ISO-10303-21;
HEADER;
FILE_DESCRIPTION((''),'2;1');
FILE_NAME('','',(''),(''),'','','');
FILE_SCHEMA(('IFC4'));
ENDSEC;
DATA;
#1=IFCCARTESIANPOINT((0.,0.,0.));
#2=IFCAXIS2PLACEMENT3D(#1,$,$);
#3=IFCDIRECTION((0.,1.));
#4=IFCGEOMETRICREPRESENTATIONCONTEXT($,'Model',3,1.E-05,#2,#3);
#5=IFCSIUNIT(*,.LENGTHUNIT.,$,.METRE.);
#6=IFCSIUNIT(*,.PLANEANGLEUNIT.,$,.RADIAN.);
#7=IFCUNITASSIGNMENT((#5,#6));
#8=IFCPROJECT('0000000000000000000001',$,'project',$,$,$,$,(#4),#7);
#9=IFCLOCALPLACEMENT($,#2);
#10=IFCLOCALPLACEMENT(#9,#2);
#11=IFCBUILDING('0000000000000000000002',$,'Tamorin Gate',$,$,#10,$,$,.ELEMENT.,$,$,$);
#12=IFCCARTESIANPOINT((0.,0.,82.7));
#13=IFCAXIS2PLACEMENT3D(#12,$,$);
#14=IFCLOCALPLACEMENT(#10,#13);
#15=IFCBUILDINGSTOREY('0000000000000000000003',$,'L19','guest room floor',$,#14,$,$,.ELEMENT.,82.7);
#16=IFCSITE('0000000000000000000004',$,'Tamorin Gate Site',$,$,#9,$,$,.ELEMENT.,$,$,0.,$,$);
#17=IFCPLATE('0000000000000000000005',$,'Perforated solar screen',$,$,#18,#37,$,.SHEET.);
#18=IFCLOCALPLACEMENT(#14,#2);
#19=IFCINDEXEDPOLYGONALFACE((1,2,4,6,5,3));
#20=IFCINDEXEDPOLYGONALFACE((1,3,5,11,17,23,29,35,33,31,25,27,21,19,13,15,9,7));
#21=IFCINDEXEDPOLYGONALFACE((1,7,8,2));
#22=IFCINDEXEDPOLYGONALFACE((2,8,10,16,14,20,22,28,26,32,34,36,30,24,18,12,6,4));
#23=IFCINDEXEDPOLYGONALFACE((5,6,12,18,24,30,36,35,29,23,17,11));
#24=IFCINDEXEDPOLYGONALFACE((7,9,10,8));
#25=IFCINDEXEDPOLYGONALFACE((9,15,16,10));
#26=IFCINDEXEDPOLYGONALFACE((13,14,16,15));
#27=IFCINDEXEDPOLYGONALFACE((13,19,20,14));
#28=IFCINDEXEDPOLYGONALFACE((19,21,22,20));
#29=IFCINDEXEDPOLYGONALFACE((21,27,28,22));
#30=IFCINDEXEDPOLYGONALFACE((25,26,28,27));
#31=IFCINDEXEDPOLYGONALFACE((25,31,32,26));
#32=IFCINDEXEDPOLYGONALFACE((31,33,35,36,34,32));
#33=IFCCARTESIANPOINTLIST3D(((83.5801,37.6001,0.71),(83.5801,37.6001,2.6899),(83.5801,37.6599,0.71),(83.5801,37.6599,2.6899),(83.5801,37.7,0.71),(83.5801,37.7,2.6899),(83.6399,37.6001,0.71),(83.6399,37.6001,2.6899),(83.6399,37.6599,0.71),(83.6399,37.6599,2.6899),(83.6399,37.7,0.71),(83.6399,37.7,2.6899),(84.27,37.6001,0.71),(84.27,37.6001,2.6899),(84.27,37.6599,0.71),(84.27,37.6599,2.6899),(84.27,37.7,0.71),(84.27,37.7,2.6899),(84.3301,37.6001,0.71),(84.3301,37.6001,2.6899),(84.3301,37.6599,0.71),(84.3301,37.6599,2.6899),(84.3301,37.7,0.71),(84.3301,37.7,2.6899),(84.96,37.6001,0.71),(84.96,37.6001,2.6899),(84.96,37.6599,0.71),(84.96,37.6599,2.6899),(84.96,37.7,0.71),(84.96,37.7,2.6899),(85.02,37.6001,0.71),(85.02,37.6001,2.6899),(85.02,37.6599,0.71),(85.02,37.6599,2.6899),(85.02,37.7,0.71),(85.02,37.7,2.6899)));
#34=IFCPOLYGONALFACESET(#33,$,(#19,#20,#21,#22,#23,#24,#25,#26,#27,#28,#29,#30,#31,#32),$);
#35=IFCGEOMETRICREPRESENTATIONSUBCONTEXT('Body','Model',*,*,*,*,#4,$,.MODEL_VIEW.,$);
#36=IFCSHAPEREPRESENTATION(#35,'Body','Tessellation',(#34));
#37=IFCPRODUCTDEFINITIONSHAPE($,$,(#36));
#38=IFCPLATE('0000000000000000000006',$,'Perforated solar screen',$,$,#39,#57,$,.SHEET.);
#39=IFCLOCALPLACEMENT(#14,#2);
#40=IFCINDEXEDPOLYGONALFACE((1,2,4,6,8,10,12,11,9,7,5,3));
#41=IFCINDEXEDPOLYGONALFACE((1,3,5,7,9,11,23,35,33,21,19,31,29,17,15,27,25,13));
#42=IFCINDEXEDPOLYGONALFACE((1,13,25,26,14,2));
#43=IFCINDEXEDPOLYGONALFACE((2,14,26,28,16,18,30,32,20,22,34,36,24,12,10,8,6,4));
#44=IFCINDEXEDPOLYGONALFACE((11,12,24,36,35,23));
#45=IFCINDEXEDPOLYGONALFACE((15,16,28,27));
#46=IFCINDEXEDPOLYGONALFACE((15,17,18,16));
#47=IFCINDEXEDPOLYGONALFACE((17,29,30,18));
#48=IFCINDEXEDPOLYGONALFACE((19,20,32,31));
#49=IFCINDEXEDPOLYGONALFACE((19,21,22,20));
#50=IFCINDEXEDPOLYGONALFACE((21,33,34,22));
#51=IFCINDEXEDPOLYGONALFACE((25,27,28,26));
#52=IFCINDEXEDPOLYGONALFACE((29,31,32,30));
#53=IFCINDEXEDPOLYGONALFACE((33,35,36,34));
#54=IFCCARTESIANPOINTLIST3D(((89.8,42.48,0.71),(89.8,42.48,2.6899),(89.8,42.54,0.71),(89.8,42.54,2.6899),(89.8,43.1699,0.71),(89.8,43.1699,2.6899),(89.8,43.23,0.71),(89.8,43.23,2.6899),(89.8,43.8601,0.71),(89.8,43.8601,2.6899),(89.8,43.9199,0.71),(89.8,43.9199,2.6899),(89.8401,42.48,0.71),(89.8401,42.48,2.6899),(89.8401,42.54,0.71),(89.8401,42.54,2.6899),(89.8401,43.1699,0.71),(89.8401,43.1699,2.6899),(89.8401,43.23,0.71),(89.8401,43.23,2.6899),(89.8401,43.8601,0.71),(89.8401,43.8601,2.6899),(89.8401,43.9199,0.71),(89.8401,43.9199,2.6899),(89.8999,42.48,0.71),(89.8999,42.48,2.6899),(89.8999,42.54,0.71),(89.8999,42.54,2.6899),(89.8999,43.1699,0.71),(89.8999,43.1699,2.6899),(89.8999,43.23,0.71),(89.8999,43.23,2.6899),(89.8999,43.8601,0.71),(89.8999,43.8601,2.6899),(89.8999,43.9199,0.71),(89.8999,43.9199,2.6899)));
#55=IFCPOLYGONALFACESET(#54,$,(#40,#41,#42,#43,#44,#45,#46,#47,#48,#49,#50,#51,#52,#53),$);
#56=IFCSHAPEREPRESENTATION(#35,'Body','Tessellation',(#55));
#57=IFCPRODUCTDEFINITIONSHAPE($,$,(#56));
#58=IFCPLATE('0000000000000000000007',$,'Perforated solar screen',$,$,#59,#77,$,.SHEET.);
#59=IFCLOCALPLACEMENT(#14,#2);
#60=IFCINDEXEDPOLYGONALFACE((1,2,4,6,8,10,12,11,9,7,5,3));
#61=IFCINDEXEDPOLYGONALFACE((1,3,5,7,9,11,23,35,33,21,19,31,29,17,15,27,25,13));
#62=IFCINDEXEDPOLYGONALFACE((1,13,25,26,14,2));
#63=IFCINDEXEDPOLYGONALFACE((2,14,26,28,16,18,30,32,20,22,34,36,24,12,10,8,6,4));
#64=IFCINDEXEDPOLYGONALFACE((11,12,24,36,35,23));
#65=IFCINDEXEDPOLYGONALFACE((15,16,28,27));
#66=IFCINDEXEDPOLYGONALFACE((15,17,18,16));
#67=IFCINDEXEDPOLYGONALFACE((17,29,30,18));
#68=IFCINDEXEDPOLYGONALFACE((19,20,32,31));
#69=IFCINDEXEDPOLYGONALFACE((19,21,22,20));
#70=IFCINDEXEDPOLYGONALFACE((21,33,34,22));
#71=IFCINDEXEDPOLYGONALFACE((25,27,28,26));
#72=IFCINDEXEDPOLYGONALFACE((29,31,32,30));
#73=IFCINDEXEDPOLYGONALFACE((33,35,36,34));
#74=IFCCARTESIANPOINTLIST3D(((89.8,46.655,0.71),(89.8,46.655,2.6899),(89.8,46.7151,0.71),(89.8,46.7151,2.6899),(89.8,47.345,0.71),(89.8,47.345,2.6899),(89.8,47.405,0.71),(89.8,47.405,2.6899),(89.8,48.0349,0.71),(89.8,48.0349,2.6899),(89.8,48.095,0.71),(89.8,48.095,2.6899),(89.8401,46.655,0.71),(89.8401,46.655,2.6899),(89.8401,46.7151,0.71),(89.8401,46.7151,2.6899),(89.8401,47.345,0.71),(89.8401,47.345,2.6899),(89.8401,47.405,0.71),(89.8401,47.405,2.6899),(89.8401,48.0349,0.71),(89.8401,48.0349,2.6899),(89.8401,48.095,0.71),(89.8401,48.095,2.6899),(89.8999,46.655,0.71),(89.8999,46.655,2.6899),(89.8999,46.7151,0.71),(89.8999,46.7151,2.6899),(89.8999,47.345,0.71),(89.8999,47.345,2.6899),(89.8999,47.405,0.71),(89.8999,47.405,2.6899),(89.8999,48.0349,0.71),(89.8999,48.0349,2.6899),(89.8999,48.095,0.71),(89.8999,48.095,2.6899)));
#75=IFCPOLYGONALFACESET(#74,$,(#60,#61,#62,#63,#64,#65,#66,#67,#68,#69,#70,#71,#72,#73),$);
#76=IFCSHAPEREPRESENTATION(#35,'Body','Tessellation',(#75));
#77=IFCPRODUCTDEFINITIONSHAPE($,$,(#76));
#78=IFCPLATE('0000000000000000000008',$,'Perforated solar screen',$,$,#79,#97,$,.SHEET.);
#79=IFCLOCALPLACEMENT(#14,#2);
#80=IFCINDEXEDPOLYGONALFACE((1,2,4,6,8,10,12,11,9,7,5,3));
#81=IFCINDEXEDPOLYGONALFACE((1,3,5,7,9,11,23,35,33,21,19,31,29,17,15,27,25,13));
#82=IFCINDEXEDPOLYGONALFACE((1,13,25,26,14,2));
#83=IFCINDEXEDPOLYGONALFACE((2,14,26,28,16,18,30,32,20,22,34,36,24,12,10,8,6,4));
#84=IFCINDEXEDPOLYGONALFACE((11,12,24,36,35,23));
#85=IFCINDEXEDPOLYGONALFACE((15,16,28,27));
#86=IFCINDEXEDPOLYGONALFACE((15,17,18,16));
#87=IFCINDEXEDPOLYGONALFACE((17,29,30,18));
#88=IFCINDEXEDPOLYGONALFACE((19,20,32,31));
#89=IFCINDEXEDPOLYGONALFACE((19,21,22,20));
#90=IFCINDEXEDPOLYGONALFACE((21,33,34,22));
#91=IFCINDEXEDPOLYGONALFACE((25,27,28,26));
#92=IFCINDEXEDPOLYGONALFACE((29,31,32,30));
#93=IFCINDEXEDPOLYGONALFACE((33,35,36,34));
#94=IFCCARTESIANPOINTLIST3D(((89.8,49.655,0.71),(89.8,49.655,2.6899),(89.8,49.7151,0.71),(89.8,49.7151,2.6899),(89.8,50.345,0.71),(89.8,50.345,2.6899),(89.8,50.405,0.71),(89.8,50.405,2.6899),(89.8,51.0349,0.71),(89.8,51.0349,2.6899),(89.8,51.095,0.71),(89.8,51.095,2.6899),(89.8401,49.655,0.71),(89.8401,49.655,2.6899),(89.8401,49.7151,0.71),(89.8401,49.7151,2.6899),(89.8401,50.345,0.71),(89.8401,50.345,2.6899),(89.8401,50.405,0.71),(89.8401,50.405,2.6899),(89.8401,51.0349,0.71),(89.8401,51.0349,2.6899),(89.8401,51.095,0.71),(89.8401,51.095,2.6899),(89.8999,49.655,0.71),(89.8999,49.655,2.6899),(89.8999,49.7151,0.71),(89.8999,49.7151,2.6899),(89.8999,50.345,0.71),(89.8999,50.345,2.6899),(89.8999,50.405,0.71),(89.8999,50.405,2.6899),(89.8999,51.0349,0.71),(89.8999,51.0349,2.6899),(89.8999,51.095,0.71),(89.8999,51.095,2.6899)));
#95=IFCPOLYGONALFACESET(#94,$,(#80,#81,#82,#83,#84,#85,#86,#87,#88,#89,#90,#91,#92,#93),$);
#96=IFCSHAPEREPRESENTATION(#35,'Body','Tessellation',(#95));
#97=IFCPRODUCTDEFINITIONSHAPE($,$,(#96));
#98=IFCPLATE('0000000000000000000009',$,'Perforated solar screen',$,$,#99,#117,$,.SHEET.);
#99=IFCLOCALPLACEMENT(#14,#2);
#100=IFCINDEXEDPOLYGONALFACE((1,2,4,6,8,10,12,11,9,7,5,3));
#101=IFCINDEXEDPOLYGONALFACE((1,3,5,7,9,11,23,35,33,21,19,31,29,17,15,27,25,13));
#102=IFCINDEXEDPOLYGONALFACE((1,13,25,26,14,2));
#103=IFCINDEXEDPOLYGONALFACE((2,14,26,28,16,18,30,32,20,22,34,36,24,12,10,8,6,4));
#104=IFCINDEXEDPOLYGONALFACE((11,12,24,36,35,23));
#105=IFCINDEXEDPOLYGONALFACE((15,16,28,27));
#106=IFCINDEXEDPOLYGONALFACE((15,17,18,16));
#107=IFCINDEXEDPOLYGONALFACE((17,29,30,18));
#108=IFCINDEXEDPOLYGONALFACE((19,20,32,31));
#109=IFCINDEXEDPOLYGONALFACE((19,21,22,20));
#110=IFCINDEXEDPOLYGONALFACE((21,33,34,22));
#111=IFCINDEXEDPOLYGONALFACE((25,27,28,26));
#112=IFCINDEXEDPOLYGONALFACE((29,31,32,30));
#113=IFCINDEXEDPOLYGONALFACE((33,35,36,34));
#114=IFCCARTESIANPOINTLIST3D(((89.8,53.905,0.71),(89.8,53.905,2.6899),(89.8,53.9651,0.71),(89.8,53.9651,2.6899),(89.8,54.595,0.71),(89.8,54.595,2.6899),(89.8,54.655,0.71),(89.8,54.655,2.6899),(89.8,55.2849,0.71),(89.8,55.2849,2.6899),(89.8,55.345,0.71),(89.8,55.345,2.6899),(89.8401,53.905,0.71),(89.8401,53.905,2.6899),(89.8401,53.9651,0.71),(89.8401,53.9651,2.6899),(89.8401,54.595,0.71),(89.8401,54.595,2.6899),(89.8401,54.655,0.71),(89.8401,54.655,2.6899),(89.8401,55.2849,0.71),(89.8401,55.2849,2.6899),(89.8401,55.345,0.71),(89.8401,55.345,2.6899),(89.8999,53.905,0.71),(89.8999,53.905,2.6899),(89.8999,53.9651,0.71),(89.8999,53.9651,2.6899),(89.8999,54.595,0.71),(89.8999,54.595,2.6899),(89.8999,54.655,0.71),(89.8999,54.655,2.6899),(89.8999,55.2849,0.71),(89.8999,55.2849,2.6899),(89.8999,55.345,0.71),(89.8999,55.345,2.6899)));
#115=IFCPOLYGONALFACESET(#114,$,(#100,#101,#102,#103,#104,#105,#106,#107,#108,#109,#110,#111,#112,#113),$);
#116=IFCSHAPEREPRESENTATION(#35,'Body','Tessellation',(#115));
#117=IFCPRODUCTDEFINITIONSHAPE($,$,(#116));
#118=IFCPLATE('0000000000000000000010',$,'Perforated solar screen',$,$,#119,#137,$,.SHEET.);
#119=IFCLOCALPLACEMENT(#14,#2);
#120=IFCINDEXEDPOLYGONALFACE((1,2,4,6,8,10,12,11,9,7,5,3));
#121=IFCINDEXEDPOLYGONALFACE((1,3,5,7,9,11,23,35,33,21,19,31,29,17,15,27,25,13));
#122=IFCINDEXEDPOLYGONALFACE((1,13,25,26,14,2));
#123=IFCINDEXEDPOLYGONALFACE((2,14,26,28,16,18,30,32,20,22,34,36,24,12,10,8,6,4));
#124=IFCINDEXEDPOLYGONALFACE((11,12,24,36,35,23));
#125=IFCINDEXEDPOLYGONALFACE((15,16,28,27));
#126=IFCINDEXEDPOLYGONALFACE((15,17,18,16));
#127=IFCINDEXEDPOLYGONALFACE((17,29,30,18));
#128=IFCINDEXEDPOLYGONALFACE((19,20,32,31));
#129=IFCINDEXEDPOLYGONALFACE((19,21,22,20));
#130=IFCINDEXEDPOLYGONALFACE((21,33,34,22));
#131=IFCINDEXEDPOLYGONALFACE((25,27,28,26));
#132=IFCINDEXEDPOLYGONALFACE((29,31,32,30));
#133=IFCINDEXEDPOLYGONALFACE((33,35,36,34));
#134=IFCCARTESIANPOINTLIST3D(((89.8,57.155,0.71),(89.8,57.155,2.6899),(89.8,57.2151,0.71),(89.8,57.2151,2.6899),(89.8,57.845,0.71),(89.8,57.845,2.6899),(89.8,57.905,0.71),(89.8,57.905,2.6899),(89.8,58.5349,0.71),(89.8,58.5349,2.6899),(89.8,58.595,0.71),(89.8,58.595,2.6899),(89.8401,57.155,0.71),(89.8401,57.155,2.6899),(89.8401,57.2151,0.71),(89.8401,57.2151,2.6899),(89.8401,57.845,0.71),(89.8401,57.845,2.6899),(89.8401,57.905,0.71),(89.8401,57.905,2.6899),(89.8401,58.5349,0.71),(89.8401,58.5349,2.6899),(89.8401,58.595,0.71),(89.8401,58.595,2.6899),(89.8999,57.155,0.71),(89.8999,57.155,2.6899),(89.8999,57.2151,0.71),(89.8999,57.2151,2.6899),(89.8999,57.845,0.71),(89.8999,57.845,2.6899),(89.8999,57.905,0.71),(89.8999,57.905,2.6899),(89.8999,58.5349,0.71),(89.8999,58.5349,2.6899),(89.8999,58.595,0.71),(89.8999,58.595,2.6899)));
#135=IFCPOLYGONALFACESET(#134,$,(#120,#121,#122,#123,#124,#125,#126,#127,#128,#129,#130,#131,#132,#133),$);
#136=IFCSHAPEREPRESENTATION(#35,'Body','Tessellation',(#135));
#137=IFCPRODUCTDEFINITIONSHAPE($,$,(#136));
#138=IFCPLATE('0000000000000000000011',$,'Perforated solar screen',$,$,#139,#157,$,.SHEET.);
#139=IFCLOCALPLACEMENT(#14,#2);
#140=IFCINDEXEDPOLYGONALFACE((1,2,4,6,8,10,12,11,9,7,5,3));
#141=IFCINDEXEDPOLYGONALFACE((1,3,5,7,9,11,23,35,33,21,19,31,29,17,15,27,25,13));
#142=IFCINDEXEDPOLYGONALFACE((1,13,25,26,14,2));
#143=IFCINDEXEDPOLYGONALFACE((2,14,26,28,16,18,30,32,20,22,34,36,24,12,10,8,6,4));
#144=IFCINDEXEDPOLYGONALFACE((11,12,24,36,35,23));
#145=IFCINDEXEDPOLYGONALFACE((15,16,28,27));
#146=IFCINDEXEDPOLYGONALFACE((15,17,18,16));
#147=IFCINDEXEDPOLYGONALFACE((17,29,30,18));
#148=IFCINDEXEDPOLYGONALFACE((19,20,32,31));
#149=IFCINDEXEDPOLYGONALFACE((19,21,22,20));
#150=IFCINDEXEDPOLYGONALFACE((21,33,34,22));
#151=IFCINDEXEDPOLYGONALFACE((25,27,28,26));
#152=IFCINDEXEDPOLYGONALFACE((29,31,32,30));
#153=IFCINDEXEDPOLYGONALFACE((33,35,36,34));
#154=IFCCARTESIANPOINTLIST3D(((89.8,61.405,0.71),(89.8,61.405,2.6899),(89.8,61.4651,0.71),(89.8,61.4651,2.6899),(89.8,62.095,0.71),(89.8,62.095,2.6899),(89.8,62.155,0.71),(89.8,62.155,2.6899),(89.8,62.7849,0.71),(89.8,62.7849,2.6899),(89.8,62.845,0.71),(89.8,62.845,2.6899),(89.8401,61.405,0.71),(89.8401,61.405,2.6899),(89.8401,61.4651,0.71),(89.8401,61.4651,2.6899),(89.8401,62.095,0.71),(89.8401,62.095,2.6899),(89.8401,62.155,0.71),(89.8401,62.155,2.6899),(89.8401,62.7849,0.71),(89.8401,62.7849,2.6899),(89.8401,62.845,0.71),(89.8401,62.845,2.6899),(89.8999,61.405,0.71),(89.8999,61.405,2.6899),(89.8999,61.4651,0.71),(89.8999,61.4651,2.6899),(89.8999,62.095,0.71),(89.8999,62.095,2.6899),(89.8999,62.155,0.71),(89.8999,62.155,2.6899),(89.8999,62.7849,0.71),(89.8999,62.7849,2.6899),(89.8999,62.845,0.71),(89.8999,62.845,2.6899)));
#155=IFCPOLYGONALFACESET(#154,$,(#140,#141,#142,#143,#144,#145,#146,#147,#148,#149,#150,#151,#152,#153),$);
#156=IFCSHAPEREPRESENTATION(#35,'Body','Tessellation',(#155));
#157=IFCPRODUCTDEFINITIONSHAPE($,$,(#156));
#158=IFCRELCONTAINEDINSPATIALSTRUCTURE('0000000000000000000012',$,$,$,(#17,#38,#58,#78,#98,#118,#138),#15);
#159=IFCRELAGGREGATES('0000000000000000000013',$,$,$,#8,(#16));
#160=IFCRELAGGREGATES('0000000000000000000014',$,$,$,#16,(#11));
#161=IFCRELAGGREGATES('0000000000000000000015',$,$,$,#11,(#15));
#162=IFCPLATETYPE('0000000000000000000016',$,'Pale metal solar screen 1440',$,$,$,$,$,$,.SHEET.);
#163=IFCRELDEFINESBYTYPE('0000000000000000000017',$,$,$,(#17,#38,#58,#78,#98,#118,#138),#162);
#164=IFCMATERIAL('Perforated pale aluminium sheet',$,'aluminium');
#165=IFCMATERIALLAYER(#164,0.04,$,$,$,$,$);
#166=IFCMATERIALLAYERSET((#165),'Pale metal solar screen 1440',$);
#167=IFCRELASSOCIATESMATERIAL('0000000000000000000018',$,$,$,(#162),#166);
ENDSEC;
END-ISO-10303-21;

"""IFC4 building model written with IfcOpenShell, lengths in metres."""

from ifc_helpers import new_model, si_unit, direction, frame, origin, place, context, subcontext, project, spatial, polyline, outline, extrude, material, layer, layer_set, type_object, element, save


model = new_model("IFC4")

# Units and contexts
model_context = context("Model", 3, precision=1e-05, world=origin(), true_north=direction((0.0, 1.0)))
body_context = subcontext(model_context, "Body", "Model", "MODEL_VIEW")
ifc_project = project(units=[si_unit("LENGTHUNIT", "METRE"), si_unit("PLANEANGLEUNIT", "RADIAN")], contexts=[model_context])

# Site, building, storey
site_placement = place(None, origin())
site = spatial("IfcSite", under=ifc_project, at=site_placement, Name="Tamorin Gate Site", CompositionType="ELEMENT", RefElevation=0.0)
building_placement = place(site_placement, origin())
building = spatial("IfcBuilding", under=site, at=building_placement, Name="Tamorin Gate", CompositionType="ELEMENT")
storey_placement = place(building_placement, frame((0.0, 0.0, 82.7)))
storey = spatial("IfcBuildingStorey", under=building, at=storey_placement, Name="L19", Description="guest room floor", CompositionType="ELEMENT", Elevation=82.7)

# Plates
ifc_material_1 = material(Name="Perforated pale aluminium sheet", Category="aluminium")
ifc_layer_1 = layer(ifc_material_1, 0.04)
ifc_layer_set_1 = layer_set([ifc_layer_1], Name="Pale metal solar screen 1440")
plate_type = type_object("IfcPlateType", Name="Pale metal solar screen 1440", PredefinedType="SHEET", material=ifc_layer_set_1)
plate_1_placement = place(storey_placement, frame((0.0, 0.0, 0.71)))
element("IfcPlate", 1, at=plate_1_placement, inside=storey, type_object=plate_type, Name="Perforated solar screen", PredefinedType="SHEET", context=body_context, shape_type="SweptSolid", body=[
    extrude(outline(polyline([(83.5801, 37.6599), (83.5801, 37.7), (83.6399, 37.7), (84.27, 37.7), (84.3301, 37.7), (84.96, 37.7), (85.02, 37.7), (85.02, 37.6599), (85.02, 37.6001), (84.96, 37.6001), (84.96, 37.6599), (84.3301, 37.6599), (84.3301, 37.6001), (84.27, 37.6001), (84.27, 37.6599), (83.6399, 37.6599), (83.6399, 37.6001), (83.5801, 37.6001), (83.5801, 37.6599)])), origin(), (0.0, 0.0, 1.0), 1.98),
])
plate_2_placement = place(storey_placement, frame((0.0, 0.0, 0.71)))
element("IfcPlate", 2, at=plate_2_placement, inside=storey, type_object=plate_type, Name="Perforated solar screen", PredefinedType="SHEET", context=body_context, shape_type="SweptSolid", body=[
    extrude(outline(polyline([(89.8401, 42.48), (89.8, 42.48), (89.8, 42.54), (89.8, 43.1699), (89.8, 43.23), (89.8, 43.8601), (89.8, 43.9199), (89.8401, 43.9199), (89.8999, 43.9199), (89.8999, 43.8601), (89.8401, 43.8601), (89.8401, 43.23), (89.8999, 43.23), (89.8999, 43.1699), (89.8401, 43.1699), (89.8401, 42.54), (89.8999, 42.54), (89.8999, 42.48), (89.8401, 42.48)])), origin(), (0.0, 0.0, 1.0), 1.98),
])
plate_3_placement = place(storey_placement, frame((0.0, 0.0, 0.71)))
element("IfcPlate", 3, at=plate_3_placement, inside=storey, type_object=plate_type, Name="Perforated solar screen", PredefinedType="SHEET", context=body_context, shape_type="SweptSolid", body=[
    extrude(outline(polyline([(89.8401, 46.655), (89.8, 46.655), (89.8, 46.7151), (89.8, 47.345), (89.8, 47.405), (89.8, 48.0349), (89.8, 48.095), (89.8, 48.095), (89.8401, 48.095), (89.8401, 48.095), (89.8999, 48.095), (89.8999, 48.0349), (89.8401, 48.0349), (89.8401, 47.405), (89.8999, 47.405), (89.8999, 47.345), (89.8401, 47.345), (89.8401, 46.7151), (89.8999, 46.7151), (89.8999, 46.655), (89.8401, 46.655)])), origin(), (0.0, 0.0, 1.0), 1.98),
])
plate_4_placement = place(storey_placement, frame((0.0, 0.0, 0.71)))
element("IfcPlate", 4, at=plate_4_placement, inside=storey, type_object=plate_type, Name="Perforated solar screen", PredefinedType="SHEET", context=body_context, shape_type="SweptSolid", body=[
    extrude(outline(polyline([(89.8401, 49.655), (89.8, 49.655), (89.8, 49.7151), (89.8, 50.345), (89.8, 50.405), (89.8, 51.0349), (89.8, 51.095), (89.8401, 51.095), (89.8999, 51.095), (89.8999, 51.0349), (89.8401, 51.0349), (89.8401, 50.405), (89.8999, 50.405), (89.8999, 50.345), (89.8401, 50.345), (89.8401, 49.7151), (89.8999, 49.7151), (89.8999, 49.655), (89.8401, 49.655)])), origin(), (0.0, 0.0, 1.0), 1.98),
])
plate_5_placement = place(storey_placement, frame((0.0, 0.0, 0.71)))
element("IfcPlate", 5, at=plate_5_placement, inside=storey, type_object=plate_type, Name="Perforated solar screen", PredefinedType="SHEET", context=body_context, shape_type="SweptSolid", body=[
    extrude(outline(polyline([(89.8401, 53.905), (89.8, 53.905), (89.8, 53.9651), (89.8, 54.595), (89.8, 54.655), (89.8, 55.2849), (89.8, 55.345), (89.8401, 55.345), (89.8999, 55.345), (89.8999, 55.2849), (89.8401, 55.2849), (89.8401, 54.655), (89.8999, 54.655), (89.8999, 54.595), (89.8401, 54.595), (89.8401, 53.9651), (89.8999, 53.9651), (89.8999, 53.905), (89.8401, 53.905)])), origin(), (0.0, 0.0, 1.0), 1.98),
])
plate_6_placement = place(storey_placement, frame((0.0, 0.0, 0.71)))
element("IfcPlate", 6, at=plate_6_placement, inside=storey, type_object=plate_type, Name="Perforated solar screen", PredefinedType="SHEET", context=body_context, shape_type="SweptSolid", body=[
    extrude(outline(polyline([(89.8401, 57.155), (89.8, 57.155), (89.8, 57.2151), (89.8, 57.845), (89.8, 57.905), (89.8, 58.5349), (89.8, 58.595), (89.8401, 58.595), (89.8999, 58.595), (89.8999, 58.5349), (89.8401, 58.5349), (89.8401, 57.905), (89.8999, 57.905), (89.8999, 57.845), (89.8401, 57.845), (89.8401, 57.2151), (89.8999, 57.2151), (89.8999, 57.155), (89.8401, 57.155)])), origin(), (0.0, 0.0, 1.0), 1.98),
])
plate_7_placement = place(storey_placement, frame((0.0, 0.0, 0.71)))
element("IfcPlate", 7, at=plate_7_placement, inside=storey, type_object=plate_type, Name="Perforated solar screen", PredefinedType="SHEET", context=body_context, shape_type="SweptSolid", body=[
    extrude(outline(polyline([(89.8401, 61.405), (89.8, 61.405), (89.8, 61.4651), (89.8, 62.095), (89.8, 62.155), (89.8, 62.7849), (89.8, 62.845), (89.8401, 62.845), (89.8999, 62.845), (89.8999, 62.7849), (89.8401, 62.7849), (89.8401, 62.155), (89.8999, 62.155), (89.8999, 62.095), (89.8401, 62.095), (89.8401, 61.4651), (89.8999, 61.4651), (89.8999, 61.405), (89.8401, 61.405)])), origin(), (0.0, 0.0, 1.0), 1.98),
])

save(model, "model.ifc")
